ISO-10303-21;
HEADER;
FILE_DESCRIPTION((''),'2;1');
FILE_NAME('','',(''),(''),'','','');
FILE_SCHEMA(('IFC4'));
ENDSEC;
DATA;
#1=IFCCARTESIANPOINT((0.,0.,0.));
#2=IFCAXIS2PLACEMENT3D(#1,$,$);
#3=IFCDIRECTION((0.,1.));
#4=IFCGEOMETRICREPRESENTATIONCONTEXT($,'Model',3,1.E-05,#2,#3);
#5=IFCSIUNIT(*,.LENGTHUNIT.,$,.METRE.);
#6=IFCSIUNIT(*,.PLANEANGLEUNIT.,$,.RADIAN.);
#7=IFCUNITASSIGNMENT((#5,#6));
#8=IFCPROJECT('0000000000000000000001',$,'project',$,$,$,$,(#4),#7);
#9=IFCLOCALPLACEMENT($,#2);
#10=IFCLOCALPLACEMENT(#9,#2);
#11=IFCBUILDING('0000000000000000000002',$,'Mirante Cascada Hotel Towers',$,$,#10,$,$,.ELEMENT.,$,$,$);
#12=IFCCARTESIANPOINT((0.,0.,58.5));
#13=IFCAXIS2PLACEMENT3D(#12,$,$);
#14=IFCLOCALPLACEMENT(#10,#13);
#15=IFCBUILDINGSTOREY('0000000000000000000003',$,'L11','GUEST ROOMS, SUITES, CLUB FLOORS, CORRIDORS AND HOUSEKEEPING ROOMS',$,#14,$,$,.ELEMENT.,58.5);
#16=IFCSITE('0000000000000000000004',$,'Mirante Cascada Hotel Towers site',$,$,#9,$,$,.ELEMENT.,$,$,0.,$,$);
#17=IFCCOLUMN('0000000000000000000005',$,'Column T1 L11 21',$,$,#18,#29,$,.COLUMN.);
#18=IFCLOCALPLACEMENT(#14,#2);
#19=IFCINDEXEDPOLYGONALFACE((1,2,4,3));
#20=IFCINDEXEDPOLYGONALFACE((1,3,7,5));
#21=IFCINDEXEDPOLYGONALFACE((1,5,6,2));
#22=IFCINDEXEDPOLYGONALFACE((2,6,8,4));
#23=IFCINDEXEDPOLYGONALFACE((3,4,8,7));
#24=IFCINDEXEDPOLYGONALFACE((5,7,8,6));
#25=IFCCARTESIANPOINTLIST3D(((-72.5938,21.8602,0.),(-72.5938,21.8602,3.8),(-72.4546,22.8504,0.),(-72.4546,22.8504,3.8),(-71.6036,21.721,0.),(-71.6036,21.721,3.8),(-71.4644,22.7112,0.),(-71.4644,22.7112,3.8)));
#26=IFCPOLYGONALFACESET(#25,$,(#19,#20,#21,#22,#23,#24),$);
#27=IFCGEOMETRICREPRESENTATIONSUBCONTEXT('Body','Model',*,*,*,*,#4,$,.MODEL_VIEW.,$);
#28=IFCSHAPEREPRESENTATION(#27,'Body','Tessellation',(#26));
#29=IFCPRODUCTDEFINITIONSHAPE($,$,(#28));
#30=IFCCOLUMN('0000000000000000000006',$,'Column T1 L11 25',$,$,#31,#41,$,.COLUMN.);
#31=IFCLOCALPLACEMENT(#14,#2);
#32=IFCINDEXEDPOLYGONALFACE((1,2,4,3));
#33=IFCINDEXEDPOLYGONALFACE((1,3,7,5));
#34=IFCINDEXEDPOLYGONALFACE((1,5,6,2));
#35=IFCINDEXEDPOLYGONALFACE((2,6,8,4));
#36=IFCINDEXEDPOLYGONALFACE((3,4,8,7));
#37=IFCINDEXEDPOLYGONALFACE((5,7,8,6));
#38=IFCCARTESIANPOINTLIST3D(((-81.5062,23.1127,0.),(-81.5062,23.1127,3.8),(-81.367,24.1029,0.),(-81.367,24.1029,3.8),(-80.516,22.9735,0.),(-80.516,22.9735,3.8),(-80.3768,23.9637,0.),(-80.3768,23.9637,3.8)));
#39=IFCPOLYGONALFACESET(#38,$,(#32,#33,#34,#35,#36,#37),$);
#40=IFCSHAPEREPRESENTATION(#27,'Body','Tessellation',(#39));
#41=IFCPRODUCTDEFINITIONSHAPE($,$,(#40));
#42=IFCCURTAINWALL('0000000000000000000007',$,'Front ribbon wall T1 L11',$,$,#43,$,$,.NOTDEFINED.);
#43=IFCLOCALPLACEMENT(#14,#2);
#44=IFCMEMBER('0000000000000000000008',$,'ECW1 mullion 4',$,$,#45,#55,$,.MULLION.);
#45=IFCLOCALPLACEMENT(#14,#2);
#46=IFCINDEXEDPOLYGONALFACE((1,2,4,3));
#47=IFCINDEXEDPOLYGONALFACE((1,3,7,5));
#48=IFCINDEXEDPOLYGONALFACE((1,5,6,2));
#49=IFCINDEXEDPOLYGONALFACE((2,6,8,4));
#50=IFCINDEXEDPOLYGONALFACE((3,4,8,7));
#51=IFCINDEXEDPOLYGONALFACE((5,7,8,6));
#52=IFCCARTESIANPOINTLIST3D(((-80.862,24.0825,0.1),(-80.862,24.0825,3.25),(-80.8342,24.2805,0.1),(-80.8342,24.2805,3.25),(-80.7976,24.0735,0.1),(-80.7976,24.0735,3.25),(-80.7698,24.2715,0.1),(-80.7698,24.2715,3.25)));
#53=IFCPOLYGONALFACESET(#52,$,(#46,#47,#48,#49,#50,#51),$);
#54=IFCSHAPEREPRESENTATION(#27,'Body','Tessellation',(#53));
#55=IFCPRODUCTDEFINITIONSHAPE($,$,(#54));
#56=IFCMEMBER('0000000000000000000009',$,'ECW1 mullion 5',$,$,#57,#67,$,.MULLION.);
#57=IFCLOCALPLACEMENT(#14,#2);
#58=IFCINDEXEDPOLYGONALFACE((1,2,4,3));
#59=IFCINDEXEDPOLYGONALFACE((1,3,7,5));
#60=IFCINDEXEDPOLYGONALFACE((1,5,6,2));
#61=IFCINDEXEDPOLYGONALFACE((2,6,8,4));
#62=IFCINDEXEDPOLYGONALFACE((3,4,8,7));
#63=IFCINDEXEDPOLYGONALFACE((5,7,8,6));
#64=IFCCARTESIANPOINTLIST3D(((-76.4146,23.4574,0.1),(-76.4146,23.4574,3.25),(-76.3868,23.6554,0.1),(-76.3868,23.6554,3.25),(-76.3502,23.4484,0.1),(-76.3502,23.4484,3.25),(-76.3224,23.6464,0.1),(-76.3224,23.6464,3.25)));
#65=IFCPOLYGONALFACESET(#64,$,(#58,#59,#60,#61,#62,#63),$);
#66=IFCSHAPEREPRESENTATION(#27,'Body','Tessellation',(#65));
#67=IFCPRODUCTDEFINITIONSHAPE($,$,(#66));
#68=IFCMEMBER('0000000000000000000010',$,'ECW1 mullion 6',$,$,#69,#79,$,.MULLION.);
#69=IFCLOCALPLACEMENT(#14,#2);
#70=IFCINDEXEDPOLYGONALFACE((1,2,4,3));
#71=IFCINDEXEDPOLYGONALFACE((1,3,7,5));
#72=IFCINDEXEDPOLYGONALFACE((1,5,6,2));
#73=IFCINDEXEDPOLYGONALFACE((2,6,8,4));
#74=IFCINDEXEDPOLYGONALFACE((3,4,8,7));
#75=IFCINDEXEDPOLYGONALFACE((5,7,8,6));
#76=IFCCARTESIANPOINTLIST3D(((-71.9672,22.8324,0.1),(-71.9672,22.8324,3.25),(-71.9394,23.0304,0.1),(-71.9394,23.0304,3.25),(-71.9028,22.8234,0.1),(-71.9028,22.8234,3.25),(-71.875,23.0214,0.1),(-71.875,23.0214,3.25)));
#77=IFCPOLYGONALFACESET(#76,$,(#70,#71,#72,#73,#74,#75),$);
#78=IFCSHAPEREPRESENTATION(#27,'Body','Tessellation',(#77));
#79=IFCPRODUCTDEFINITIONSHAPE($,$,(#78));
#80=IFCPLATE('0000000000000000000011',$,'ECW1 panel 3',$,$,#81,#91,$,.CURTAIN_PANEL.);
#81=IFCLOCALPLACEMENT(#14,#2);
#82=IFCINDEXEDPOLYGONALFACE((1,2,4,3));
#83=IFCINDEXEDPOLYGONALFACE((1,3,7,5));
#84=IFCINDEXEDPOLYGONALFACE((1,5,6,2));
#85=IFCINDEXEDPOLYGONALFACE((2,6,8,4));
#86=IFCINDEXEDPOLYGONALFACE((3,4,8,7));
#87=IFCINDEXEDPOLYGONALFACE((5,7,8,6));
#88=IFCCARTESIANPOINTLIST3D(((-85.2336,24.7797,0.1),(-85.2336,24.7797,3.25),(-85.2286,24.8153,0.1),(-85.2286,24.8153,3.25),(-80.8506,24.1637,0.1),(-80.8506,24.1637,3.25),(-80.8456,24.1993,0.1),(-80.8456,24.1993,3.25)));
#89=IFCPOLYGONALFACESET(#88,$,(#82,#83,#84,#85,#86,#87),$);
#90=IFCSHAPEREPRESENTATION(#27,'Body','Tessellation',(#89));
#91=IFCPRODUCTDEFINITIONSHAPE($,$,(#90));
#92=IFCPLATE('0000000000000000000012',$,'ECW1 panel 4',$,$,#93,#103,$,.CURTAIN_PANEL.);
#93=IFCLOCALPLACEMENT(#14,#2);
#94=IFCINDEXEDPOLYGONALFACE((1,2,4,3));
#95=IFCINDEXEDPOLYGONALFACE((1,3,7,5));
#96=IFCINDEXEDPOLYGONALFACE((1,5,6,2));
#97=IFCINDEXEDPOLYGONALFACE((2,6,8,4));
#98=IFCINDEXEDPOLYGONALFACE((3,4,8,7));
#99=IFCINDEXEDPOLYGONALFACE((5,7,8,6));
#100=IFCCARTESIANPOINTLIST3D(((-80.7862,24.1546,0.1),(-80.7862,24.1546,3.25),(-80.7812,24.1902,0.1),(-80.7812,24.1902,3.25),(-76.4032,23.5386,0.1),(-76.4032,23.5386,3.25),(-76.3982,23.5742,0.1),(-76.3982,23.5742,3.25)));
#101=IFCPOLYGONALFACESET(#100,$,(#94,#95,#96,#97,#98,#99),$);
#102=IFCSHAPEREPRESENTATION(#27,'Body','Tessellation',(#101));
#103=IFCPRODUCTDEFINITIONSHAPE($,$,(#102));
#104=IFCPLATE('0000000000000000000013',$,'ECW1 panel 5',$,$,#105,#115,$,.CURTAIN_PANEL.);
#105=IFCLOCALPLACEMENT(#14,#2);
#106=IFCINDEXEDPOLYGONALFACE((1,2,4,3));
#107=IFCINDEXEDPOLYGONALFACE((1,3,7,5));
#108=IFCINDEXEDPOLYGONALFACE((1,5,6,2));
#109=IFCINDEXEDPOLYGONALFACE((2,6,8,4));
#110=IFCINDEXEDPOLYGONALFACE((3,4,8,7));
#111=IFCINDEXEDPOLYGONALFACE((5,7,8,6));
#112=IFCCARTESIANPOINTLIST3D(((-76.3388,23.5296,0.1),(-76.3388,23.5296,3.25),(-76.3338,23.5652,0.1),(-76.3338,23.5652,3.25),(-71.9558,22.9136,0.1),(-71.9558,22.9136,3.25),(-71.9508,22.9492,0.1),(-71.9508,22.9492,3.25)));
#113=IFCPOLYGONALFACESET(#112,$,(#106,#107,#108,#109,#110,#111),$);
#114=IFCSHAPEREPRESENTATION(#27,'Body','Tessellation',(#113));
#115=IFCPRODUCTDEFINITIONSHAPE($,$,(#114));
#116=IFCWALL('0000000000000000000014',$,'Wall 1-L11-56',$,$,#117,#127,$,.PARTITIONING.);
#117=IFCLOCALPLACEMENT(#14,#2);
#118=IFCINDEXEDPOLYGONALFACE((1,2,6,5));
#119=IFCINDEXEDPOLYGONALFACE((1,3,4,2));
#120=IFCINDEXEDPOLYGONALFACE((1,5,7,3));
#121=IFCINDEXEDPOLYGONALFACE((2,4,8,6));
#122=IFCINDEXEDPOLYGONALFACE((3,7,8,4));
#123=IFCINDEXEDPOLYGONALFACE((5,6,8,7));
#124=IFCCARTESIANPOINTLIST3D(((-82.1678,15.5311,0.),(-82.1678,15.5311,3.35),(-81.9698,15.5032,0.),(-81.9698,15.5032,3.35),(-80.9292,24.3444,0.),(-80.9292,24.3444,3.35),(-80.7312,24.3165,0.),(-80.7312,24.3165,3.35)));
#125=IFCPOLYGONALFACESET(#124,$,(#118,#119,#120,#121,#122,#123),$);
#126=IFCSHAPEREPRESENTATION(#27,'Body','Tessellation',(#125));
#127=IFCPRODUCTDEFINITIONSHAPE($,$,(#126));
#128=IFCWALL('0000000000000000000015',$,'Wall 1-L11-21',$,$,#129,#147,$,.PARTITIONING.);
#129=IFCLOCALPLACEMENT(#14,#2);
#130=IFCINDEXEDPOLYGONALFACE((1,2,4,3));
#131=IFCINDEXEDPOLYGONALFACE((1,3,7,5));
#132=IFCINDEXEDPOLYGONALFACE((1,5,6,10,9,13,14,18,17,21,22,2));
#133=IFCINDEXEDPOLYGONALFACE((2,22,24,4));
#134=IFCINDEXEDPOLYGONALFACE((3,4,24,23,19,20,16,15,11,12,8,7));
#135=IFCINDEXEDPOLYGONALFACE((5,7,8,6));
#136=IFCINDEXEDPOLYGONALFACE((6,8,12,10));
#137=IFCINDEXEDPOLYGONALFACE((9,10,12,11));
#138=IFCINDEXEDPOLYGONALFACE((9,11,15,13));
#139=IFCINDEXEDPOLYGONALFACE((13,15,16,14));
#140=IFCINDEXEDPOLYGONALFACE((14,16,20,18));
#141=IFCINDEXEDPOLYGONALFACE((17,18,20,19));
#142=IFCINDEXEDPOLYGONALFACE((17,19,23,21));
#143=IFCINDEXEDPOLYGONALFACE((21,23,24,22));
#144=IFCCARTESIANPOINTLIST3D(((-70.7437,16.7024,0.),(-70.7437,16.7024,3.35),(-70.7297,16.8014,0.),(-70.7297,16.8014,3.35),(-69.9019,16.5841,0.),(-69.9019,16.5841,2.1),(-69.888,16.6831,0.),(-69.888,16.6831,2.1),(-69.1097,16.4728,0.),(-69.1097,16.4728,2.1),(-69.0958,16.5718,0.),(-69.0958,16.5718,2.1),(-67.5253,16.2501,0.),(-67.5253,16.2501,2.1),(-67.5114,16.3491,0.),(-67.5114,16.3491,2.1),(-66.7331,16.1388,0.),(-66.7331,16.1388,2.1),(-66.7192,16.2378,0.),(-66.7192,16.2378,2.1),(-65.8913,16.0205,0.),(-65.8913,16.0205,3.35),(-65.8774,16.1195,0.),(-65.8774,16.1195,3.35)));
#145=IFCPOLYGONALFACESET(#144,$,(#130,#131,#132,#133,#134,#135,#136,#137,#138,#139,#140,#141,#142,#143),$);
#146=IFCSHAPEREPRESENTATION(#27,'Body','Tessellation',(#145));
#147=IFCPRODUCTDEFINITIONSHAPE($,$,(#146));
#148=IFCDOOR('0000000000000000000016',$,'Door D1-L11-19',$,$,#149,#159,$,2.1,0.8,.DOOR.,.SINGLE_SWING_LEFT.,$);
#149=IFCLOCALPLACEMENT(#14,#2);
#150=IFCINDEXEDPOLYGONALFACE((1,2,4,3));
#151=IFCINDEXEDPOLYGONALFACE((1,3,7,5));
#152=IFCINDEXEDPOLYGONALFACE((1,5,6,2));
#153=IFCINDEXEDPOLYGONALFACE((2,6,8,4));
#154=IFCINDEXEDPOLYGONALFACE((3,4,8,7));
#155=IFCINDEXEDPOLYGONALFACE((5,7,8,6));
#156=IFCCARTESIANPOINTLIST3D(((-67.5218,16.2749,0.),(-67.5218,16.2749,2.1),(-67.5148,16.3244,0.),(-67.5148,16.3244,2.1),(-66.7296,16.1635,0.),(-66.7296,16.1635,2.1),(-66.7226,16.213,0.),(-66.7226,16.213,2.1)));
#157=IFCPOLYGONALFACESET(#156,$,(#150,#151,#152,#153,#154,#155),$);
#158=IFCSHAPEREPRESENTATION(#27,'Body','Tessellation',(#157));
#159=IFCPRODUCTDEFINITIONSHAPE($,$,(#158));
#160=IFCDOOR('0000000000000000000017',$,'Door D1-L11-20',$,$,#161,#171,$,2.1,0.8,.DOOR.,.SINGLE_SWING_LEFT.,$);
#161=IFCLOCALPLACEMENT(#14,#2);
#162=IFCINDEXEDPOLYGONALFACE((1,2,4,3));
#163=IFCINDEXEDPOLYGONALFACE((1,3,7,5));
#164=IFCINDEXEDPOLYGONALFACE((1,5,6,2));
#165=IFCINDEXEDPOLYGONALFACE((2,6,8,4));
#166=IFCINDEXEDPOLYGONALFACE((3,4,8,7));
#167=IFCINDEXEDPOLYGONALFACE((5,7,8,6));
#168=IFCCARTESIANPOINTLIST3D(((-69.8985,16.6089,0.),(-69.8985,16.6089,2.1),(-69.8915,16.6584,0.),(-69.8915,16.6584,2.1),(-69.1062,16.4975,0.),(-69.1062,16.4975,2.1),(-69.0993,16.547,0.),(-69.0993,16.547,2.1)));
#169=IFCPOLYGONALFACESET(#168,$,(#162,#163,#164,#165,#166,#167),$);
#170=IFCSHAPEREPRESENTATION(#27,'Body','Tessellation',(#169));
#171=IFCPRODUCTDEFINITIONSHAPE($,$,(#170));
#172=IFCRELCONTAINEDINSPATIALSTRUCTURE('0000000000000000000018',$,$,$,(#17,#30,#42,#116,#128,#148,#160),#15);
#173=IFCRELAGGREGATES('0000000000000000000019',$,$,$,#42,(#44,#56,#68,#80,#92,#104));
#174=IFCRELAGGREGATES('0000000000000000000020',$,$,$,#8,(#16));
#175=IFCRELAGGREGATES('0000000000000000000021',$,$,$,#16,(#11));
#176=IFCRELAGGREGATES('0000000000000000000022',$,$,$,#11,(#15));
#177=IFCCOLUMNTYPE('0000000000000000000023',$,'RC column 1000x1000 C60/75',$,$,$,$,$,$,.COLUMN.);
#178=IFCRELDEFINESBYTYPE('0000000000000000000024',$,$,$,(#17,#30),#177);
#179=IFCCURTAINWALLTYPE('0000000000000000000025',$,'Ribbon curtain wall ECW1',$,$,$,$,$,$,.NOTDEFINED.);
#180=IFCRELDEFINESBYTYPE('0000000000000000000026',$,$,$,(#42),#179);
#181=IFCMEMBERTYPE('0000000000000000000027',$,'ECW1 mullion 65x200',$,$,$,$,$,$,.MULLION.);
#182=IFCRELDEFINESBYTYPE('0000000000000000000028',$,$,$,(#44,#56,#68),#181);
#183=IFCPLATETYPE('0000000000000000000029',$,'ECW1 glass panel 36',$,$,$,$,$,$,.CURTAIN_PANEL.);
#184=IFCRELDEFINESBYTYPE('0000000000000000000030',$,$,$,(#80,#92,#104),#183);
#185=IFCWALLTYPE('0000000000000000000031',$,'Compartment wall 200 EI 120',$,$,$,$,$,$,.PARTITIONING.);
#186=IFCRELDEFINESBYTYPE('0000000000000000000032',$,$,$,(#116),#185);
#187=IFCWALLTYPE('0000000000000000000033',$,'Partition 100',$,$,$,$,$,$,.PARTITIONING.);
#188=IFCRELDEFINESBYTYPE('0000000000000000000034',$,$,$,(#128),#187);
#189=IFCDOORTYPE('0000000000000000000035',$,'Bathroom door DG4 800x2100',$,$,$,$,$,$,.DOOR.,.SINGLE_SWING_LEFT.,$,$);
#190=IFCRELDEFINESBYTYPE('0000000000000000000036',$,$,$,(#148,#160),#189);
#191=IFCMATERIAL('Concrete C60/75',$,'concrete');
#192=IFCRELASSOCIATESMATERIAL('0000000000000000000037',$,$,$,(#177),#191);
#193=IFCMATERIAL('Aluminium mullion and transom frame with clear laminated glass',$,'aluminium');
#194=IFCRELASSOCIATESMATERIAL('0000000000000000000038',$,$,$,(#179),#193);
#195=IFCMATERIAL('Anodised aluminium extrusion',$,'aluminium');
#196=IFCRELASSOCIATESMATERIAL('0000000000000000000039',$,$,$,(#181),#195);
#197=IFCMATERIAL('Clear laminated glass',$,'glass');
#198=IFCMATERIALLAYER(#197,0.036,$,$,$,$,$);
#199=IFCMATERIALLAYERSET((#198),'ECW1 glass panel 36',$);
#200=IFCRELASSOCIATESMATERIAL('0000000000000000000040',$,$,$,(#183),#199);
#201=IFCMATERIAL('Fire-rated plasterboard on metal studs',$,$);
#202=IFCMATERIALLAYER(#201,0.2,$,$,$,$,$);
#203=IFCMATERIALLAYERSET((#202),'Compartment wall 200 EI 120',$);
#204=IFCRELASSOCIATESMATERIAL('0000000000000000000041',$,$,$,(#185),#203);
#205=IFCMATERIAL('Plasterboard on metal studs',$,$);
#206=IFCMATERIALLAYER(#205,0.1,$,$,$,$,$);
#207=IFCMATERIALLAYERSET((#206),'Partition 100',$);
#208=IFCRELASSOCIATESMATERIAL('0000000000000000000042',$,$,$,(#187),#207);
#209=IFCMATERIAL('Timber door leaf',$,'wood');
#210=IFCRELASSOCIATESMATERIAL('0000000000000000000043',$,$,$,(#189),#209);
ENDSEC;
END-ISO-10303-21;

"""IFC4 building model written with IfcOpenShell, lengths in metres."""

from ifc_helpers import new_model, si_unit, direction, frame, frame_2d, origin, origin_2d, place, context, subcontext, project, spatial, rectangle, extrude, material, layer, layer_set, material_profile, profile_set, type_object, element, fill, aggregate, save


model = new_model("IFC4")

# Units and contexts
model_context = context("Model", 3, precision=1e-05, world=origin(), true_north=direction((0.0, 1.0)))
body_context = subcontext(model_context, "Body", "Model", "MODEL_VIEW")
ifc_project = project(units=[si_unit("LENGTHUNIT", "METRE"), si_unit("PLANEANGLEUNIT", "RADIAN")], contexts=[model_context])

# Site, building, storey
site_placement = place(None, origin())
site = spatial("IfcSite", under=ifc_project, at=site_placement, Name="Mirante Cascada Hotel Towers site", CompositionType="ELEMENT", RefElevation=0.0)
building_placement = place(site_placement, origin())
building = spatial("IfcBuilding", under=site, at=building_placement, Name="Mirante Cascada Hotel Towers", CompositionType="ELEMENT")
storey_placement = place(building_placement, frame((0.0, 0.0, 58.5)))
storey = spatial("IfcBuildingStorey", under=building, at=storey_placement, Name="L11", Description="GUEST ROOMS, SUITES, CLUB FLOORS, CORRIDORS AND HOUSEKEEPING ROOMS", CompositionType="ELEMENT", Elevation=58.5)

# Columns
ifc_material_1 = material(Name="Concrete C60/75", Category="concrete")
ifc_material_profile_1 = material_profile(ifc_material_1, rectangle(XDim=1.0, YDim=1.0, at=origin_2d()), Name="RC column 1000x1000 C60/75")
ifc_profile_set_1 = profile_set([ifc_material_profile_1], Name="Concrete C60/75")
column_type = type_object("IfcColumnType", Name="RC column 1000x1000 C60/75", PredefinedType="COLUMN", material=ifc_profile_set_1)
for number, where, z_axis, x_axis, name in (
    (1, (-72.0291, 22.2857, 0.0), (0.0, 0.0, 1.0), (-0.990268, 0.139173, 0.0), "Column T1 L11 21"),
    (2, (-80.9415, 23.5382, 0.0), (0.0, 0.0, 1.0), (-0.990268, 0.139173, 0.0), "Column T1 L11 25"),
):
    element("IfcColumn", number, at=place(storey_placement, frame(where, z_axis=z_axis, x_axis=x_axis)), inside=storey, type_object=column_type, Name=name, PredefinedType="COLUMN", context=body_context, shape_type="SweptSolid", body=[
        extrude(rectangle(XDim=1.0, YDim=1.0, at=origin_2d()), origin(), (0.0, 0.0, 1.0), 3.8),
    ])

# Curtain wall, members, plates
ifc_material_2 = material(Name="Aluminium mullion and transom frame with clear laminated glass", Category="aluminium")
curtain_wall_type = type_object("IfcCurtainWallType", Name="Ribbon curtain wall ECW1", PredefinedType="NOTDEFINED", material=ifc_material_2)
curtain_wall_placement = place(storey_placement, origin())
curtain_wall = element("IfcCurtainWall", 3, at=curtain_wall_placement, inside=storey, type_object=curtain_wall_type, Name="Front ribbon wall T1 L11", PredefinedType="NOTDEFINED")
ifc_material_3 = material(Name="Anodised aluminium extrusion", Category="aluminium")
ifc_material_profile_2 = material_profile(ifc_material_3, rectangle(XDim=0.2, YDim=0.065, at=origin_2d()), Name="ECW1 MULLION 65x200")
ifc_profile_set_2 = profile_set([ifc_material_profile_2], Name="Anodised aluminium extrusion")
member_type = type_object("IfcMemberType", Name="ECW1 mullion 65x200", PredefinedType="MULLION", material=ifc_profile_set_2)
member_1_placement = place(storey_placement, frame((-80.8159, 24.177, 0.1), z_axis=(0.0, 0.0, 1.0), x_axis=(0.139173, 0.990268, 0.0)))
member_1 = element("IfcMember", 4, at=member_1_placement, type_object=member_type, Name="ECW1 mullion 4", PredefinedType="MULLION", context=body_context, shape_type="SweptSolid", body=[
    extrude(rectangle(XDim=0.2, YDim=0.065, at=origin_2d()), origin(), (0.0, 0.0, 1.0), 3.15),
])
member_2_placement = place(storey_placement, frame((-76.3685, 23.5519, 0.1), z_axis=(0.0, 0.0, 1.0), x_axis=(0.139173, 0.990268, 0.0)))
member_2 = element("IfcMember", 5, at=member_2_placement, type_object=member_type, Name="ECW1 mullion 5", PredefinedType="MULLION", context=body_context, shape_type="SweptSolid", body=[
    extrude(rectangle(XDim=0.2, YDim=0.065, at=origin_2d()), origin(), (0.0, 0.0, 1.0), 3.15),
])
member_3_placement = place(storey_placement, frame((-71.9211, 22.9269, 0.1), z_axis=(0.0, 0.0, 1.0), x_axis=(0.139173, 0.990268, 0.0)))
member_3 = element("IfcMember", 6, at=member_3_placement, type_object=member_type, Name="ECW1 mullion 6", PredefinedType="MULLION", context=body_context, shape_type="SweptSolid", body=[
    extrude(rectangle(XDim=0.2, YDim=0.065, at=origin_2d()), origin(), (0.0, 0.0, 1.0), 3.15),
])
ifc_material_4 = material(Name="Clear laminated glass", Category="glass")
ifc_layer_1 = layer(ifc_material_4, 0.036)
ifc_layer_set_1 = layer_set([ifc_layer_1], Name="ECW1 glass panel 36")
plate_type = type_object("IfcPlateType", Name="ECW1 glass panel 36", PredefinedType="CURTAIN_PANEL", material=ifc_layer_set_1)
plate_1_placement = place(storey_placement, frame((-83.0396, 24.4895, 0.1), z_axis=(0.0, 0.0, 1.0), x_axis=(0.990268, -0.139173, 0.0)))
plate_1 = element("IfcPlate", 7, at=plate_1_placement, type_object=plate_type, Name="ECW1 panel 3", PredefinedType="CURTAIN_PANEL", context=body_context, shape_type="SweptSolid", body=[
    extrude(rectangle(XDim=4.4261, YDim=0.036, at=origin_2d()), origin(), (0.0, 0.0, 1.0), 3.15),
])
plate_2_placement = place(storey_placement, frame((-78.5922, 23.8644, 0.1), z_axis=(0.0, 0.0, 1.0), x_axis=(0.990268, -0.139173, 0.0)))
plate_2 = element("IfcPlate", 8, at=plate_2_placement, type_object=plate_type, Name="ECW1 panel 4", PredefinedType="CURTAIN_PANEL", context=body_context, shape_type="SweptSolid", body=[
    extrude(rectangle(XDim=4.4261, YDim=0.036, at=origin_2d()), origin(), (0.0, 0.0, 1.0), 3.15),
])
plate_3_placement = place(storey_placement, frame((-74.1448, 23.2394, 0.1), z_axis=(0.0, 0.0, 1.0), x_axis=(0.990268, -0.139173, 0.0)))
plate_3 = element("IfcPlate", 9, at=plate_3_placement, type_object=plate_type, Name="ECW1 panel 5", PredefinedType="CURTAIN_PANEL", context=body_context, shape_type="SweptSolid", body=[
    extrude(rectangle(XDim=4.4261, YDim=0.036, at=origin_2d()), origin(), (0.0, 0.0, 1.0), 3.15),
])
aggregate(curtain_wall, [member_1, member_2, member_3, plate_1, plate_2, plate_3])

# Wall
ifc_material_5 = material(Name="Fire-rated plasterboard on metal studs")
ifc_layer_2 = layer(ifc_material_5, 0.2)
ifc_layer_set_2 = layer_set([ifc_layer_2], Name="Compartment wall 200 EI 120")
wall_type_1 = type_object("IfcWallType", Name="Compartment wall 200 EI 120", PredefinedType="PARTITIONING", material=ifc_layer_set_2)
wall_1_placement = place(storey_placement, frame((-82.0688, 15.5171, 0.0), z_axis=(0.0, 0.0, 1.0), x_axis=(0.13917, 0.990268, 0.0)))
element("IfcWall", 10, at=wall_1_placement, inside=storey, type_object=wall_type_1, Name="Wall 1-L11-56", PredefinedType="PARTITIONING", context=body_context, shape_type="SweptSolid", body=[
    extrude(rectangle(XDim=8.8999, YDim=0.2, at=frame_2d((4.45, 0.0))), origin(), (0.0, 0.0, 1.0), 3.35),
])

# Wall, openings, doors
ifc_material_6 = material(Name="Plasterboard on metal studs")
ifc_layer_3 = layer(ifc_material_6, 0.1)
ifc_layer_set_3 = layer_set([ifc_layer_3], Name="Partition 100")
wall_type_2 = type_object("IfcWallType", Name="Partition 100", PredefinedType="PARTITIONING", material=ifc_layer_set_3)
wall_2_placement = place(storey_placement, frame((-70.7367, 16.7519, 0.0), z_axis=(0.0, 0.0, 1.0), x_axis=(0.990269, -0.139164, 0.0)))
wall_2 = element("IfcWall", 11, at=wall_2_placement, inside=storey, type_object=wall_type_2, Name="Wall 1-L11-21", PredefinedType="PARTITIONING", context=body_context, shape_type="SweptSolid", body=[
    extrude(rectangle(XDim=4.9, YDim=0.1, at=frame_2d((2.45, 0.0))), origin(), (0.0, 0.0, 1.0), 3.35),
])
opening_1_placement = place(wall_2_placement, frame((3.25, 0.0, 0.0)))
opening_1 = element("IfcOpeningElement", 12, at=opening_1_placement, cuts=wall_2, PredefinedType="OPENING", context=body_context, shape_type="SweptSolid", body=[
    extrude(rectangle(XDim=0.8, YDim=2.1, at=frame_2d((0.4, 1.05))), frame((0.0, 0.05, 0.0), z_axis=(0.0, -1.0, 0.0), x_axis=(1.0, 0.0, 0.0)), (0.0, 0.0, 1.0), 0.1),
])
opening_2_placement = place(wall_2_placement, frame((0.85, 0.0, 0.0)))
opening_2 = element("IfcOpeningElement", 13, at=opening_2_placement, cuts=wall_2, PredefinedType="OPENING", context=body_context, shape_type="SweptSolid", body=[
    extrude(rectangle(XDim=0.8, YDim=2.1, at=frame_2d((0.4, 1.05))), frame((0.0, 0.05, 0.0), z_axis=(0.0, -1.0, 0.0), x_axis=(1.0, 0.0, 0.0)), (0.0, 0.0, 1.0), 0.1),
])
ifc_material_7 = material(Name="Timber door leaf", Category="wood")
door_type_1 = type_object("IfcDoorType", Name="Bathroom door DG4 800x2100", OperationType="SINGLE_SWING_LEFT", PredefinedType="DOOR", material=ifc_material_7)
door_1_placement = place(opening_1_placement, origin())
door_1 = element("IfcDoor", 14, at=door_1_placement, inside=storey, type_object=door_type_1, Name="Door D1-L11-19", OperationType="SINGLE_SWING_LEFT", OverallHeight=2.1, OverallWidth=0.8, PredefinedType="DOOR", context=body_context, shape_type="SweptSolid", body=[
    extrude(rectangle(XDim=0.8, YDim=2.1, at=frame_2d((0.4, 1.05))), frame((0.0, 0.025, 0.0), z_axis=(0.0, -1.0, 0.0), x_axis=(1.0, 0.0, 0.0)), (0.0, 0.0, 1.0), 0.05),
])
fill(opening_1, door_1)
door_2_placement = place(opening_2_placement, origin())
door_2 = element("IfcDoor", 15, at=door_2_placement, inside=storey, type_object=door_type_1, Name="Door D1-L11-20", OperationType="SINGLE_SWING_LEFT", OverallHeight=2.1, OverallWidth=0.8, PredefinedType="DOOR", context=body_context, shape_type="SweptSolid", body=[
    extrude(rectangle(XDim=0.8, YDim=2.1, at=frame_2d((0.4, 1.05))), frame((0.0, 0.025, 0.0), z_axis=(0.0, -1.0, 0.0), x_axis=(1.0, 0.0, 0.0)), (0.0, 0.0, 1.0), 0.05),
])
fill(opening_2, door_2)

save(model, "model.ifc")
